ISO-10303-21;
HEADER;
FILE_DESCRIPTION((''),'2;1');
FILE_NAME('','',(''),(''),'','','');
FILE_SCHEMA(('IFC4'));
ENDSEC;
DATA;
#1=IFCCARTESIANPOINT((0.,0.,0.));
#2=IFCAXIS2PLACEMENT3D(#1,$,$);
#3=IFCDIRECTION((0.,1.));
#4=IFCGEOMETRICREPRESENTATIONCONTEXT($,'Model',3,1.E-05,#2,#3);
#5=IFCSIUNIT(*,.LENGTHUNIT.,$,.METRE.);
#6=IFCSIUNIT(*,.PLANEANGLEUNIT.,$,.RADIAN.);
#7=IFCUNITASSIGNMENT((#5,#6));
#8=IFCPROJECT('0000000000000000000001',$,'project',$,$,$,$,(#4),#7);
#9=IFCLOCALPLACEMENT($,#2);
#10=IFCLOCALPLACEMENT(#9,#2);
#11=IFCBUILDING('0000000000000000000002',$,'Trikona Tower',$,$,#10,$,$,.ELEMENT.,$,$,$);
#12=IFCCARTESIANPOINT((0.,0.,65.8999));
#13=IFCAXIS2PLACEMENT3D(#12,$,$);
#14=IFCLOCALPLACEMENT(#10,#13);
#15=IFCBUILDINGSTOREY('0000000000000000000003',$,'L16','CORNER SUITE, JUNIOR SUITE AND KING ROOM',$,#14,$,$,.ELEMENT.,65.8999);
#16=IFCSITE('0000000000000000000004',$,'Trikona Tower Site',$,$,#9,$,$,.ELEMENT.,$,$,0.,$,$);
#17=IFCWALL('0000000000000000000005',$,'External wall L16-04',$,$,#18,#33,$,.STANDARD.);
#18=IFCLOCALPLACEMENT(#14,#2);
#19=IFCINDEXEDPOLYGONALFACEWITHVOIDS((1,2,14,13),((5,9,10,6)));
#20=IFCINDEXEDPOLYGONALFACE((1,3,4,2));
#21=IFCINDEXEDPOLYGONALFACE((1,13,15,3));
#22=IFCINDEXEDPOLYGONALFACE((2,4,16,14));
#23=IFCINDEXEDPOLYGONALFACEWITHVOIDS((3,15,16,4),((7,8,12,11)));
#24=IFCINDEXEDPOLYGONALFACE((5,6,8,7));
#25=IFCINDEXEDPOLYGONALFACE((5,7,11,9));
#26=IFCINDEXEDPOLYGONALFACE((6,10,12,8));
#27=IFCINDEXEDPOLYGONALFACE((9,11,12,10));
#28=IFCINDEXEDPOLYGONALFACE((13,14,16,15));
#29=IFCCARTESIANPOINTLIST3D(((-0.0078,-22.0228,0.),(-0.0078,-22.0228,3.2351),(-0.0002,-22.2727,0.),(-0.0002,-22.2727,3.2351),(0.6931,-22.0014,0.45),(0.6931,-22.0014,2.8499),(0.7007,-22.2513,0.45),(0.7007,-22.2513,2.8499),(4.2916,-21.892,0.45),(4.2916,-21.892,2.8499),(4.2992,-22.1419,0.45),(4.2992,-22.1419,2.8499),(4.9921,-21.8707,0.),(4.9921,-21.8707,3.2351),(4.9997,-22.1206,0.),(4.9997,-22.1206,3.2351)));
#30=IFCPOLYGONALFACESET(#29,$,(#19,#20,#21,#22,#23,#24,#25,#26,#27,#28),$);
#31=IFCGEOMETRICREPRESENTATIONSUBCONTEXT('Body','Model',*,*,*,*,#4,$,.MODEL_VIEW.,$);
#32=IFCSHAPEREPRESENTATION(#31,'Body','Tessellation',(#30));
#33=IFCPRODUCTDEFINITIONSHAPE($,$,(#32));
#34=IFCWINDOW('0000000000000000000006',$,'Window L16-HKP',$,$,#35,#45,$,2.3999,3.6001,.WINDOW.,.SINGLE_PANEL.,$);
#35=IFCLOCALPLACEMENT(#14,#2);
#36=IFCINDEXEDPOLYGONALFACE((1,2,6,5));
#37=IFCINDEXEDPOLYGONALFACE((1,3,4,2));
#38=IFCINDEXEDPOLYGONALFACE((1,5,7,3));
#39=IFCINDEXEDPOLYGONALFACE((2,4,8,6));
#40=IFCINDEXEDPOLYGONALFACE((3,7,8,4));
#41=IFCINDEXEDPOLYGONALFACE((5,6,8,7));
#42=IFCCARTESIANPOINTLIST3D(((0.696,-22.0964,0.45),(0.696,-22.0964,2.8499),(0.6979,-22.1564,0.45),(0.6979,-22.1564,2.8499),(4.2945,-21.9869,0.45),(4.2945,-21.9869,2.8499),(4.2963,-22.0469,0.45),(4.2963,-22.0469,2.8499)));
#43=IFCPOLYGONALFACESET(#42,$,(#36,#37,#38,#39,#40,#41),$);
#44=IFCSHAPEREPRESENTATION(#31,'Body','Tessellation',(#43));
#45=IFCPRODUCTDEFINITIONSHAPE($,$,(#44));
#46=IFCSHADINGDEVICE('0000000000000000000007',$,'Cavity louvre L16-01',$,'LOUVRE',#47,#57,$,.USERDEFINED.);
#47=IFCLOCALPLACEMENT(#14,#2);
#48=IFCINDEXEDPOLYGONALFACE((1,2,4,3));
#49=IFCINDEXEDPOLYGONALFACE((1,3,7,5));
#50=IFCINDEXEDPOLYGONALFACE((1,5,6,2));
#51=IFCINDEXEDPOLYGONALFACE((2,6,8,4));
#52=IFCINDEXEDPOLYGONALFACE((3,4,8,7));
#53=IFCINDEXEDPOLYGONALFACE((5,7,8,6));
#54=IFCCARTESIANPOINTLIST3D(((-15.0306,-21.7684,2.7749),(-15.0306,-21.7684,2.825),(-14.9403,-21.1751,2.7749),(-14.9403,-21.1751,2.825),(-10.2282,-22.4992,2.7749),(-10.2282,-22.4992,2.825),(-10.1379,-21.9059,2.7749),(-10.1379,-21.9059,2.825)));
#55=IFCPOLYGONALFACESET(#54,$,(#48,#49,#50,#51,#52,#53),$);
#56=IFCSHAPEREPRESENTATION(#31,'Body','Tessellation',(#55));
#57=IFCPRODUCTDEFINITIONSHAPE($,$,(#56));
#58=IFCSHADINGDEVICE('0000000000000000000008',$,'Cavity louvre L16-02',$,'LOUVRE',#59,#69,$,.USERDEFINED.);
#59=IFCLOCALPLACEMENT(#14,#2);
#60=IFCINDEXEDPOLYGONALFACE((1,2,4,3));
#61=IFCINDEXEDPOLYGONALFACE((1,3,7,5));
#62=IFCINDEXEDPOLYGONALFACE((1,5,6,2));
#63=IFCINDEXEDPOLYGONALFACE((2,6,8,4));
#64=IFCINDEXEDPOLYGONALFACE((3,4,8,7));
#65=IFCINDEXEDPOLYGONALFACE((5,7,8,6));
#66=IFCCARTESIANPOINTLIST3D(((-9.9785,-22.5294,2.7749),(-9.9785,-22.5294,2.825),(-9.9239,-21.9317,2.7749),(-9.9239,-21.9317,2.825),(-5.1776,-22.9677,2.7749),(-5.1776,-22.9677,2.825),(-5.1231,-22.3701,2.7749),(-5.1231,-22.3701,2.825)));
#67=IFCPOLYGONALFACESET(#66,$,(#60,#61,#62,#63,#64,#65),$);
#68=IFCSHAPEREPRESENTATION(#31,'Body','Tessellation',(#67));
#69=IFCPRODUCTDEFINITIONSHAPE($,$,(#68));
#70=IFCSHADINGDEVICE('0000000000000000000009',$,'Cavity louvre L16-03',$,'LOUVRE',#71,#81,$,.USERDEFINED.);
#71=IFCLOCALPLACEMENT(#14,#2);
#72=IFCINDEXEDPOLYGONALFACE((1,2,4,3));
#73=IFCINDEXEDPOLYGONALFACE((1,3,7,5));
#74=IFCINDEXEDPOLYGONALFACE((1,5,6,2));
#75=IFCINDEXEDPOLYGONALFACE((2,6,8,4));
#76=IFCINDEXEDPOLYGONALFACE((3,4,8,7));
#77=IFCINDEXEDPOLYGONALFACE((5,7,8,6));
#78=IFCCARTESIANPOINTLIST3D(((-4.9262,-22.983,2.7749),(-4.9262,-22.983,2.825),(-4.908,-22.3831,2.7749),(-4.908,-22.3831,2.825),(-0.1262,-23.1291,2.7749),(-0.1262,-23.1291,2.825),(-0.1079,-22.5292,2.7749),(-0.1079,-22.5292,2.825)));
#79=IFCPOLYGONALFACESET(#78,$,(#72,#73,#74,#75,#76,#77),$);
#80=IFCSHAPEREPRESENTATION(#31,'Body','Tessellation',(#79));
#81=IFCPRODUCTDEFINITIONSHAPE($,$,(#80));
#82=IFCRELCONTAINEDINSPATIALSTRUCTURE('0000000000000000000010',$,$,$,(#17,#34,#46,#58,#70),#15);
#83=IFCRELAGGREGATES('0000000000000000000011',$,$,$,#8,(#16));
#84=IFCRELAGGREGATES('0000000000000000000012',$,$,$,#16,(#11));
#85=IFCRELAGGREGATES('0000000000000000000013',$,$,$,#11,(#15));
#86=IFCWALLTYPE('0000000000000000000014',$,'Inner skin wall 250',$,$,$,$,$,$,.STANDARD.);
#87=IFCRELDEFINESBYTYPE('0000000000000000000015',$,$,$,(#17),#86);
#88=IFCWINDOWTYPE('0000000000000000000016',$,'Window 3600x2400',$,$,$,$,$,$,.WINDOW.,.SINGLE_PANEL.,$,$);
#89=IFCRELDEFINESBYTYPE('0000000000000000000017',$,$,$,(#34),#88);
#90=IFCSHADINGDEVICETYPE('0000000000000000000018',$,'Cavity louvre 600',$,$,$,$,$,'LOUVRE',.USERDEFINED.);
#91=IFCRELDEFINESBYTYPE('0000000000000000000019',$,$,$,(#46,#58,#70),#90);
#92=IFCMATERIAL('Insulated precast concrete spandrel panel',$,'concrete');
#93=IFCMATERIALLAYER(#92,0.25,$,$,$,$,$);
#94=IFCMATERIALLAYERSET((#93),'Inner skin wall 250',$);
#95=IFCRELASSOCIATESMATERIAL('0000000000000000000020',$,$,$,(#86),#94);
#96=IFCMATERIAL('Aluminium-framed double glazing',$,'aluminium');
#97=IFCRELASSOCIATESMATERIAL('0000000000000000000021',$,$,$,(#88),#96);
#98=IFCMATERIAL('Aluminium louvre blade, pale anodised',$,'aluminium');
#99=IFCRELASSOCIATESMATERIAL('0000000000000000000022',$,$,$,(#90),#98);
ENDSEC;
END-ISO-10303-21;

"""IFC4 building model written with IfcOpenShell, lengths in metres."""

from ifc_helpers import new_model, si_unit, direction, frame, frame_2d, origin, origin_2d, place, context, subcontext, project, spatial, rectangle, extrude, material, layer, layer_set, type_object, element, fill, save


model = new_model("IFC4")

# Units and contexts
model_context = context("Model", 3, precision=1e-05, world=origin(), true_north=direction((0.0, 1.0)))
body_context = subcontext(model_context, "Body", "Model", "MODEL_VIEW")
ifc_project = project(units=[si_unit("LENGTHUNIT", "METRE"), si_unit("PLANEANGLEUNIT", "RADIAN")], contexts=[model_context])

# Site, building, storey
site_placement = place(None, origin())
site = spatial("IfcSite", under=ifc_project, at=site_placement, Name="Trikona Tower Site", CompositionType="ELEMENT", RefElevation=0.0)
building_placement = place(site_placement, origin())
building = spatial("IfcBuilding", under=site, at=building_placement, Name="Trikona Tower", CompositionType="ELEMENT")
storey_placement = place(building_placement, frame((0.0, 0.0, 65.8999)))
storey = spatial("IfcBuildingStorey", under=building, at=storey_placement, Name="L16", Description="CORNER SUITE, JUNIOR SUITE AND KING ROOM", CompositionType="ELEMENT", Elevation=65.8999)

# Wall, opening, window
ifc_material_1 = material(Name="Insulated precast concrete spandrel panel", Category="concrete")
ifc_layer_1 = layer(ifc_material_1, 0.25)
ifc_layer_set_1 = layer_set([ifc_layer_1], Name="Inner skin wall 250")
wall_type_1 = type_object("IfcWallType", Name="Inner skin wall 250", PredefinedType="STANDARD", material=ifc_layer_set_1)
ifc_material_2 = material(Name="Aluminium-framed double glazing", Category="aluminium")
window_type = type_object("IfcWindowType", Name="Window 3600x2400", PartitioningType="SINGLE_PANEL", PredefinedType="WINDOW", material=ifc_material_2)
wall_1_placement = place(storey_placement, frame((-0.0039, -22.1477, 0.0), z_axis=(0.0, 0.0, 1.0), x_axis=(0.999538, 0.030406, 0.0)))
wall_1 = element("IfcWall", 1, at=wall_1_placement, inside=storey, type_object=wall_type_1, Name="External wall L16-04", PredefinedType="STANDARD", context=body_context, shape_type="SweptSolid", body=[
    extrude(rectangle(XDim=5.0022, YDim=0.25, at=frame_2d((2.501, 0.0))), origin(), (0.0, 0.0, 1.0), 3.2351),
])
opening_1_placement = place(wall_1_placement, frame((0.7012, 0.0, 0.45)))
opening_1 = element("IfcOpeningElement", 2, at=opening_1_placement, cuts=wall_1, PredefinedType="OPENING", context=body_context, shape_type="SweptSolid", body=[
    extrude(rectangle(XDim=3.6001, YDim=2.3999, at=frame_2d((1.8, 1.2))), frame((0.0, 0.135, 0.0), z_axis=(0.0, -1.0, 0.0), x_axis=(1.0, 0.0, 0.0)), (0.0, 0.0, 1.0), 0.27),
])
window_1_placement = place(opening_1_placement, origin())
window_1 = element("IfcWindow", 3, at=window_1_placement, inside=storey, type_object=window_type, Name="Window L16-HKP", OverallHeight=2.3999, OverallWidth=3.6001, PartitioningType="SINGLE_PANEL", PredefinedType="WINDOW", context=body_context, shape_type="SweptSolid", body=[
    extrude(rectangle(XDim=3.6001, YDim=2.3999, at=frame_2d((1.8, 1.2))), frame((0.0, 0.03, 0.0), z_axis=(0.0, -1.0, 0.0), x_axis=(1.0, 0.0, 0.0)), (0.0, 0.0, 1.0), 0.0601),
])
fill(opening_1, window_1)

# Shading devices
ifc_material_3 = material(Name="Aluminium louvre blade, pale anodised", Category="aluminium")
shading_device_type = type_object("IfcShadingDeviceType", Name="Cavity louvre 600", ElementType="LOUVRE", PredefinedType="USERDEFINED", material=ifc_material_3)
shading_device_1_placement = place(storey_placement, frame((-12.5842, -21.8372, 2.7749), z_axis=(0.0, 0.0, 1.0), x_axis=(0.988618, -0.150448, 0.0)))
element("IfcShadingDevice", 4, at=shading_device_1_placement, inside=storey, type_object=shading_device_type, Name="Cavity louvre L16-01", ObjectType="LOUVRE", PredefinedType="USERDEFINED", context=body_context, shape_type="SweptSolid", body=[
    extrude(rectangle(XDim=4.8577, YDim=0.6001, at=origin_2d()), origin(), (0.0, 0.0, 1.0), 0.05),
])
shading_device_2_placement = place(storey_placement, frame((-7.5508, -22.4497, 2.7749), z_axis=(0.0, 0.0, 1.0), x_axis=(0.995858, -0.090921, 0.0)))
element("IfcShadingDevice", 5, at=shading_device_2_placement, inside=storey, type_object=shading_device_type, Name="Cavity louvre L16-02", ObjectType="LOUVRE", PredefinedType="USERDEFINED", context=body_context, shape_type="SweptSolid", body=[
    extrude(rectangle(XDim=4.8208, YDim=0.6001, at=origin_2d()), origin(), (0.0, 0.0, 1.0), 0.05),
])
shading_device_3_placement = place(storey_placement, frame((-2.5171, -22.7561, 2.7749), z_axis=(0.0, 0.0, 1.0), x_axis=(0.999537, -0.030425, 0.0)))
element("IfcShadingDevice", 6, at=shading_device_3_placement, inside=storey, type_object=shading_device_type, Name="Cavity louvre L16-03", ObjectType="LOUVRE", PredefinedType="USERDEFINED", context=body_context, shape_type="SweptSolid", body=[
    extrude(rectangle(XDim=4.8022, YDim=0.6001, at=origin_2d()), origin(), (0.0, 0.0, 1.0), 0.05),
])

save(model, "model.ifc")
